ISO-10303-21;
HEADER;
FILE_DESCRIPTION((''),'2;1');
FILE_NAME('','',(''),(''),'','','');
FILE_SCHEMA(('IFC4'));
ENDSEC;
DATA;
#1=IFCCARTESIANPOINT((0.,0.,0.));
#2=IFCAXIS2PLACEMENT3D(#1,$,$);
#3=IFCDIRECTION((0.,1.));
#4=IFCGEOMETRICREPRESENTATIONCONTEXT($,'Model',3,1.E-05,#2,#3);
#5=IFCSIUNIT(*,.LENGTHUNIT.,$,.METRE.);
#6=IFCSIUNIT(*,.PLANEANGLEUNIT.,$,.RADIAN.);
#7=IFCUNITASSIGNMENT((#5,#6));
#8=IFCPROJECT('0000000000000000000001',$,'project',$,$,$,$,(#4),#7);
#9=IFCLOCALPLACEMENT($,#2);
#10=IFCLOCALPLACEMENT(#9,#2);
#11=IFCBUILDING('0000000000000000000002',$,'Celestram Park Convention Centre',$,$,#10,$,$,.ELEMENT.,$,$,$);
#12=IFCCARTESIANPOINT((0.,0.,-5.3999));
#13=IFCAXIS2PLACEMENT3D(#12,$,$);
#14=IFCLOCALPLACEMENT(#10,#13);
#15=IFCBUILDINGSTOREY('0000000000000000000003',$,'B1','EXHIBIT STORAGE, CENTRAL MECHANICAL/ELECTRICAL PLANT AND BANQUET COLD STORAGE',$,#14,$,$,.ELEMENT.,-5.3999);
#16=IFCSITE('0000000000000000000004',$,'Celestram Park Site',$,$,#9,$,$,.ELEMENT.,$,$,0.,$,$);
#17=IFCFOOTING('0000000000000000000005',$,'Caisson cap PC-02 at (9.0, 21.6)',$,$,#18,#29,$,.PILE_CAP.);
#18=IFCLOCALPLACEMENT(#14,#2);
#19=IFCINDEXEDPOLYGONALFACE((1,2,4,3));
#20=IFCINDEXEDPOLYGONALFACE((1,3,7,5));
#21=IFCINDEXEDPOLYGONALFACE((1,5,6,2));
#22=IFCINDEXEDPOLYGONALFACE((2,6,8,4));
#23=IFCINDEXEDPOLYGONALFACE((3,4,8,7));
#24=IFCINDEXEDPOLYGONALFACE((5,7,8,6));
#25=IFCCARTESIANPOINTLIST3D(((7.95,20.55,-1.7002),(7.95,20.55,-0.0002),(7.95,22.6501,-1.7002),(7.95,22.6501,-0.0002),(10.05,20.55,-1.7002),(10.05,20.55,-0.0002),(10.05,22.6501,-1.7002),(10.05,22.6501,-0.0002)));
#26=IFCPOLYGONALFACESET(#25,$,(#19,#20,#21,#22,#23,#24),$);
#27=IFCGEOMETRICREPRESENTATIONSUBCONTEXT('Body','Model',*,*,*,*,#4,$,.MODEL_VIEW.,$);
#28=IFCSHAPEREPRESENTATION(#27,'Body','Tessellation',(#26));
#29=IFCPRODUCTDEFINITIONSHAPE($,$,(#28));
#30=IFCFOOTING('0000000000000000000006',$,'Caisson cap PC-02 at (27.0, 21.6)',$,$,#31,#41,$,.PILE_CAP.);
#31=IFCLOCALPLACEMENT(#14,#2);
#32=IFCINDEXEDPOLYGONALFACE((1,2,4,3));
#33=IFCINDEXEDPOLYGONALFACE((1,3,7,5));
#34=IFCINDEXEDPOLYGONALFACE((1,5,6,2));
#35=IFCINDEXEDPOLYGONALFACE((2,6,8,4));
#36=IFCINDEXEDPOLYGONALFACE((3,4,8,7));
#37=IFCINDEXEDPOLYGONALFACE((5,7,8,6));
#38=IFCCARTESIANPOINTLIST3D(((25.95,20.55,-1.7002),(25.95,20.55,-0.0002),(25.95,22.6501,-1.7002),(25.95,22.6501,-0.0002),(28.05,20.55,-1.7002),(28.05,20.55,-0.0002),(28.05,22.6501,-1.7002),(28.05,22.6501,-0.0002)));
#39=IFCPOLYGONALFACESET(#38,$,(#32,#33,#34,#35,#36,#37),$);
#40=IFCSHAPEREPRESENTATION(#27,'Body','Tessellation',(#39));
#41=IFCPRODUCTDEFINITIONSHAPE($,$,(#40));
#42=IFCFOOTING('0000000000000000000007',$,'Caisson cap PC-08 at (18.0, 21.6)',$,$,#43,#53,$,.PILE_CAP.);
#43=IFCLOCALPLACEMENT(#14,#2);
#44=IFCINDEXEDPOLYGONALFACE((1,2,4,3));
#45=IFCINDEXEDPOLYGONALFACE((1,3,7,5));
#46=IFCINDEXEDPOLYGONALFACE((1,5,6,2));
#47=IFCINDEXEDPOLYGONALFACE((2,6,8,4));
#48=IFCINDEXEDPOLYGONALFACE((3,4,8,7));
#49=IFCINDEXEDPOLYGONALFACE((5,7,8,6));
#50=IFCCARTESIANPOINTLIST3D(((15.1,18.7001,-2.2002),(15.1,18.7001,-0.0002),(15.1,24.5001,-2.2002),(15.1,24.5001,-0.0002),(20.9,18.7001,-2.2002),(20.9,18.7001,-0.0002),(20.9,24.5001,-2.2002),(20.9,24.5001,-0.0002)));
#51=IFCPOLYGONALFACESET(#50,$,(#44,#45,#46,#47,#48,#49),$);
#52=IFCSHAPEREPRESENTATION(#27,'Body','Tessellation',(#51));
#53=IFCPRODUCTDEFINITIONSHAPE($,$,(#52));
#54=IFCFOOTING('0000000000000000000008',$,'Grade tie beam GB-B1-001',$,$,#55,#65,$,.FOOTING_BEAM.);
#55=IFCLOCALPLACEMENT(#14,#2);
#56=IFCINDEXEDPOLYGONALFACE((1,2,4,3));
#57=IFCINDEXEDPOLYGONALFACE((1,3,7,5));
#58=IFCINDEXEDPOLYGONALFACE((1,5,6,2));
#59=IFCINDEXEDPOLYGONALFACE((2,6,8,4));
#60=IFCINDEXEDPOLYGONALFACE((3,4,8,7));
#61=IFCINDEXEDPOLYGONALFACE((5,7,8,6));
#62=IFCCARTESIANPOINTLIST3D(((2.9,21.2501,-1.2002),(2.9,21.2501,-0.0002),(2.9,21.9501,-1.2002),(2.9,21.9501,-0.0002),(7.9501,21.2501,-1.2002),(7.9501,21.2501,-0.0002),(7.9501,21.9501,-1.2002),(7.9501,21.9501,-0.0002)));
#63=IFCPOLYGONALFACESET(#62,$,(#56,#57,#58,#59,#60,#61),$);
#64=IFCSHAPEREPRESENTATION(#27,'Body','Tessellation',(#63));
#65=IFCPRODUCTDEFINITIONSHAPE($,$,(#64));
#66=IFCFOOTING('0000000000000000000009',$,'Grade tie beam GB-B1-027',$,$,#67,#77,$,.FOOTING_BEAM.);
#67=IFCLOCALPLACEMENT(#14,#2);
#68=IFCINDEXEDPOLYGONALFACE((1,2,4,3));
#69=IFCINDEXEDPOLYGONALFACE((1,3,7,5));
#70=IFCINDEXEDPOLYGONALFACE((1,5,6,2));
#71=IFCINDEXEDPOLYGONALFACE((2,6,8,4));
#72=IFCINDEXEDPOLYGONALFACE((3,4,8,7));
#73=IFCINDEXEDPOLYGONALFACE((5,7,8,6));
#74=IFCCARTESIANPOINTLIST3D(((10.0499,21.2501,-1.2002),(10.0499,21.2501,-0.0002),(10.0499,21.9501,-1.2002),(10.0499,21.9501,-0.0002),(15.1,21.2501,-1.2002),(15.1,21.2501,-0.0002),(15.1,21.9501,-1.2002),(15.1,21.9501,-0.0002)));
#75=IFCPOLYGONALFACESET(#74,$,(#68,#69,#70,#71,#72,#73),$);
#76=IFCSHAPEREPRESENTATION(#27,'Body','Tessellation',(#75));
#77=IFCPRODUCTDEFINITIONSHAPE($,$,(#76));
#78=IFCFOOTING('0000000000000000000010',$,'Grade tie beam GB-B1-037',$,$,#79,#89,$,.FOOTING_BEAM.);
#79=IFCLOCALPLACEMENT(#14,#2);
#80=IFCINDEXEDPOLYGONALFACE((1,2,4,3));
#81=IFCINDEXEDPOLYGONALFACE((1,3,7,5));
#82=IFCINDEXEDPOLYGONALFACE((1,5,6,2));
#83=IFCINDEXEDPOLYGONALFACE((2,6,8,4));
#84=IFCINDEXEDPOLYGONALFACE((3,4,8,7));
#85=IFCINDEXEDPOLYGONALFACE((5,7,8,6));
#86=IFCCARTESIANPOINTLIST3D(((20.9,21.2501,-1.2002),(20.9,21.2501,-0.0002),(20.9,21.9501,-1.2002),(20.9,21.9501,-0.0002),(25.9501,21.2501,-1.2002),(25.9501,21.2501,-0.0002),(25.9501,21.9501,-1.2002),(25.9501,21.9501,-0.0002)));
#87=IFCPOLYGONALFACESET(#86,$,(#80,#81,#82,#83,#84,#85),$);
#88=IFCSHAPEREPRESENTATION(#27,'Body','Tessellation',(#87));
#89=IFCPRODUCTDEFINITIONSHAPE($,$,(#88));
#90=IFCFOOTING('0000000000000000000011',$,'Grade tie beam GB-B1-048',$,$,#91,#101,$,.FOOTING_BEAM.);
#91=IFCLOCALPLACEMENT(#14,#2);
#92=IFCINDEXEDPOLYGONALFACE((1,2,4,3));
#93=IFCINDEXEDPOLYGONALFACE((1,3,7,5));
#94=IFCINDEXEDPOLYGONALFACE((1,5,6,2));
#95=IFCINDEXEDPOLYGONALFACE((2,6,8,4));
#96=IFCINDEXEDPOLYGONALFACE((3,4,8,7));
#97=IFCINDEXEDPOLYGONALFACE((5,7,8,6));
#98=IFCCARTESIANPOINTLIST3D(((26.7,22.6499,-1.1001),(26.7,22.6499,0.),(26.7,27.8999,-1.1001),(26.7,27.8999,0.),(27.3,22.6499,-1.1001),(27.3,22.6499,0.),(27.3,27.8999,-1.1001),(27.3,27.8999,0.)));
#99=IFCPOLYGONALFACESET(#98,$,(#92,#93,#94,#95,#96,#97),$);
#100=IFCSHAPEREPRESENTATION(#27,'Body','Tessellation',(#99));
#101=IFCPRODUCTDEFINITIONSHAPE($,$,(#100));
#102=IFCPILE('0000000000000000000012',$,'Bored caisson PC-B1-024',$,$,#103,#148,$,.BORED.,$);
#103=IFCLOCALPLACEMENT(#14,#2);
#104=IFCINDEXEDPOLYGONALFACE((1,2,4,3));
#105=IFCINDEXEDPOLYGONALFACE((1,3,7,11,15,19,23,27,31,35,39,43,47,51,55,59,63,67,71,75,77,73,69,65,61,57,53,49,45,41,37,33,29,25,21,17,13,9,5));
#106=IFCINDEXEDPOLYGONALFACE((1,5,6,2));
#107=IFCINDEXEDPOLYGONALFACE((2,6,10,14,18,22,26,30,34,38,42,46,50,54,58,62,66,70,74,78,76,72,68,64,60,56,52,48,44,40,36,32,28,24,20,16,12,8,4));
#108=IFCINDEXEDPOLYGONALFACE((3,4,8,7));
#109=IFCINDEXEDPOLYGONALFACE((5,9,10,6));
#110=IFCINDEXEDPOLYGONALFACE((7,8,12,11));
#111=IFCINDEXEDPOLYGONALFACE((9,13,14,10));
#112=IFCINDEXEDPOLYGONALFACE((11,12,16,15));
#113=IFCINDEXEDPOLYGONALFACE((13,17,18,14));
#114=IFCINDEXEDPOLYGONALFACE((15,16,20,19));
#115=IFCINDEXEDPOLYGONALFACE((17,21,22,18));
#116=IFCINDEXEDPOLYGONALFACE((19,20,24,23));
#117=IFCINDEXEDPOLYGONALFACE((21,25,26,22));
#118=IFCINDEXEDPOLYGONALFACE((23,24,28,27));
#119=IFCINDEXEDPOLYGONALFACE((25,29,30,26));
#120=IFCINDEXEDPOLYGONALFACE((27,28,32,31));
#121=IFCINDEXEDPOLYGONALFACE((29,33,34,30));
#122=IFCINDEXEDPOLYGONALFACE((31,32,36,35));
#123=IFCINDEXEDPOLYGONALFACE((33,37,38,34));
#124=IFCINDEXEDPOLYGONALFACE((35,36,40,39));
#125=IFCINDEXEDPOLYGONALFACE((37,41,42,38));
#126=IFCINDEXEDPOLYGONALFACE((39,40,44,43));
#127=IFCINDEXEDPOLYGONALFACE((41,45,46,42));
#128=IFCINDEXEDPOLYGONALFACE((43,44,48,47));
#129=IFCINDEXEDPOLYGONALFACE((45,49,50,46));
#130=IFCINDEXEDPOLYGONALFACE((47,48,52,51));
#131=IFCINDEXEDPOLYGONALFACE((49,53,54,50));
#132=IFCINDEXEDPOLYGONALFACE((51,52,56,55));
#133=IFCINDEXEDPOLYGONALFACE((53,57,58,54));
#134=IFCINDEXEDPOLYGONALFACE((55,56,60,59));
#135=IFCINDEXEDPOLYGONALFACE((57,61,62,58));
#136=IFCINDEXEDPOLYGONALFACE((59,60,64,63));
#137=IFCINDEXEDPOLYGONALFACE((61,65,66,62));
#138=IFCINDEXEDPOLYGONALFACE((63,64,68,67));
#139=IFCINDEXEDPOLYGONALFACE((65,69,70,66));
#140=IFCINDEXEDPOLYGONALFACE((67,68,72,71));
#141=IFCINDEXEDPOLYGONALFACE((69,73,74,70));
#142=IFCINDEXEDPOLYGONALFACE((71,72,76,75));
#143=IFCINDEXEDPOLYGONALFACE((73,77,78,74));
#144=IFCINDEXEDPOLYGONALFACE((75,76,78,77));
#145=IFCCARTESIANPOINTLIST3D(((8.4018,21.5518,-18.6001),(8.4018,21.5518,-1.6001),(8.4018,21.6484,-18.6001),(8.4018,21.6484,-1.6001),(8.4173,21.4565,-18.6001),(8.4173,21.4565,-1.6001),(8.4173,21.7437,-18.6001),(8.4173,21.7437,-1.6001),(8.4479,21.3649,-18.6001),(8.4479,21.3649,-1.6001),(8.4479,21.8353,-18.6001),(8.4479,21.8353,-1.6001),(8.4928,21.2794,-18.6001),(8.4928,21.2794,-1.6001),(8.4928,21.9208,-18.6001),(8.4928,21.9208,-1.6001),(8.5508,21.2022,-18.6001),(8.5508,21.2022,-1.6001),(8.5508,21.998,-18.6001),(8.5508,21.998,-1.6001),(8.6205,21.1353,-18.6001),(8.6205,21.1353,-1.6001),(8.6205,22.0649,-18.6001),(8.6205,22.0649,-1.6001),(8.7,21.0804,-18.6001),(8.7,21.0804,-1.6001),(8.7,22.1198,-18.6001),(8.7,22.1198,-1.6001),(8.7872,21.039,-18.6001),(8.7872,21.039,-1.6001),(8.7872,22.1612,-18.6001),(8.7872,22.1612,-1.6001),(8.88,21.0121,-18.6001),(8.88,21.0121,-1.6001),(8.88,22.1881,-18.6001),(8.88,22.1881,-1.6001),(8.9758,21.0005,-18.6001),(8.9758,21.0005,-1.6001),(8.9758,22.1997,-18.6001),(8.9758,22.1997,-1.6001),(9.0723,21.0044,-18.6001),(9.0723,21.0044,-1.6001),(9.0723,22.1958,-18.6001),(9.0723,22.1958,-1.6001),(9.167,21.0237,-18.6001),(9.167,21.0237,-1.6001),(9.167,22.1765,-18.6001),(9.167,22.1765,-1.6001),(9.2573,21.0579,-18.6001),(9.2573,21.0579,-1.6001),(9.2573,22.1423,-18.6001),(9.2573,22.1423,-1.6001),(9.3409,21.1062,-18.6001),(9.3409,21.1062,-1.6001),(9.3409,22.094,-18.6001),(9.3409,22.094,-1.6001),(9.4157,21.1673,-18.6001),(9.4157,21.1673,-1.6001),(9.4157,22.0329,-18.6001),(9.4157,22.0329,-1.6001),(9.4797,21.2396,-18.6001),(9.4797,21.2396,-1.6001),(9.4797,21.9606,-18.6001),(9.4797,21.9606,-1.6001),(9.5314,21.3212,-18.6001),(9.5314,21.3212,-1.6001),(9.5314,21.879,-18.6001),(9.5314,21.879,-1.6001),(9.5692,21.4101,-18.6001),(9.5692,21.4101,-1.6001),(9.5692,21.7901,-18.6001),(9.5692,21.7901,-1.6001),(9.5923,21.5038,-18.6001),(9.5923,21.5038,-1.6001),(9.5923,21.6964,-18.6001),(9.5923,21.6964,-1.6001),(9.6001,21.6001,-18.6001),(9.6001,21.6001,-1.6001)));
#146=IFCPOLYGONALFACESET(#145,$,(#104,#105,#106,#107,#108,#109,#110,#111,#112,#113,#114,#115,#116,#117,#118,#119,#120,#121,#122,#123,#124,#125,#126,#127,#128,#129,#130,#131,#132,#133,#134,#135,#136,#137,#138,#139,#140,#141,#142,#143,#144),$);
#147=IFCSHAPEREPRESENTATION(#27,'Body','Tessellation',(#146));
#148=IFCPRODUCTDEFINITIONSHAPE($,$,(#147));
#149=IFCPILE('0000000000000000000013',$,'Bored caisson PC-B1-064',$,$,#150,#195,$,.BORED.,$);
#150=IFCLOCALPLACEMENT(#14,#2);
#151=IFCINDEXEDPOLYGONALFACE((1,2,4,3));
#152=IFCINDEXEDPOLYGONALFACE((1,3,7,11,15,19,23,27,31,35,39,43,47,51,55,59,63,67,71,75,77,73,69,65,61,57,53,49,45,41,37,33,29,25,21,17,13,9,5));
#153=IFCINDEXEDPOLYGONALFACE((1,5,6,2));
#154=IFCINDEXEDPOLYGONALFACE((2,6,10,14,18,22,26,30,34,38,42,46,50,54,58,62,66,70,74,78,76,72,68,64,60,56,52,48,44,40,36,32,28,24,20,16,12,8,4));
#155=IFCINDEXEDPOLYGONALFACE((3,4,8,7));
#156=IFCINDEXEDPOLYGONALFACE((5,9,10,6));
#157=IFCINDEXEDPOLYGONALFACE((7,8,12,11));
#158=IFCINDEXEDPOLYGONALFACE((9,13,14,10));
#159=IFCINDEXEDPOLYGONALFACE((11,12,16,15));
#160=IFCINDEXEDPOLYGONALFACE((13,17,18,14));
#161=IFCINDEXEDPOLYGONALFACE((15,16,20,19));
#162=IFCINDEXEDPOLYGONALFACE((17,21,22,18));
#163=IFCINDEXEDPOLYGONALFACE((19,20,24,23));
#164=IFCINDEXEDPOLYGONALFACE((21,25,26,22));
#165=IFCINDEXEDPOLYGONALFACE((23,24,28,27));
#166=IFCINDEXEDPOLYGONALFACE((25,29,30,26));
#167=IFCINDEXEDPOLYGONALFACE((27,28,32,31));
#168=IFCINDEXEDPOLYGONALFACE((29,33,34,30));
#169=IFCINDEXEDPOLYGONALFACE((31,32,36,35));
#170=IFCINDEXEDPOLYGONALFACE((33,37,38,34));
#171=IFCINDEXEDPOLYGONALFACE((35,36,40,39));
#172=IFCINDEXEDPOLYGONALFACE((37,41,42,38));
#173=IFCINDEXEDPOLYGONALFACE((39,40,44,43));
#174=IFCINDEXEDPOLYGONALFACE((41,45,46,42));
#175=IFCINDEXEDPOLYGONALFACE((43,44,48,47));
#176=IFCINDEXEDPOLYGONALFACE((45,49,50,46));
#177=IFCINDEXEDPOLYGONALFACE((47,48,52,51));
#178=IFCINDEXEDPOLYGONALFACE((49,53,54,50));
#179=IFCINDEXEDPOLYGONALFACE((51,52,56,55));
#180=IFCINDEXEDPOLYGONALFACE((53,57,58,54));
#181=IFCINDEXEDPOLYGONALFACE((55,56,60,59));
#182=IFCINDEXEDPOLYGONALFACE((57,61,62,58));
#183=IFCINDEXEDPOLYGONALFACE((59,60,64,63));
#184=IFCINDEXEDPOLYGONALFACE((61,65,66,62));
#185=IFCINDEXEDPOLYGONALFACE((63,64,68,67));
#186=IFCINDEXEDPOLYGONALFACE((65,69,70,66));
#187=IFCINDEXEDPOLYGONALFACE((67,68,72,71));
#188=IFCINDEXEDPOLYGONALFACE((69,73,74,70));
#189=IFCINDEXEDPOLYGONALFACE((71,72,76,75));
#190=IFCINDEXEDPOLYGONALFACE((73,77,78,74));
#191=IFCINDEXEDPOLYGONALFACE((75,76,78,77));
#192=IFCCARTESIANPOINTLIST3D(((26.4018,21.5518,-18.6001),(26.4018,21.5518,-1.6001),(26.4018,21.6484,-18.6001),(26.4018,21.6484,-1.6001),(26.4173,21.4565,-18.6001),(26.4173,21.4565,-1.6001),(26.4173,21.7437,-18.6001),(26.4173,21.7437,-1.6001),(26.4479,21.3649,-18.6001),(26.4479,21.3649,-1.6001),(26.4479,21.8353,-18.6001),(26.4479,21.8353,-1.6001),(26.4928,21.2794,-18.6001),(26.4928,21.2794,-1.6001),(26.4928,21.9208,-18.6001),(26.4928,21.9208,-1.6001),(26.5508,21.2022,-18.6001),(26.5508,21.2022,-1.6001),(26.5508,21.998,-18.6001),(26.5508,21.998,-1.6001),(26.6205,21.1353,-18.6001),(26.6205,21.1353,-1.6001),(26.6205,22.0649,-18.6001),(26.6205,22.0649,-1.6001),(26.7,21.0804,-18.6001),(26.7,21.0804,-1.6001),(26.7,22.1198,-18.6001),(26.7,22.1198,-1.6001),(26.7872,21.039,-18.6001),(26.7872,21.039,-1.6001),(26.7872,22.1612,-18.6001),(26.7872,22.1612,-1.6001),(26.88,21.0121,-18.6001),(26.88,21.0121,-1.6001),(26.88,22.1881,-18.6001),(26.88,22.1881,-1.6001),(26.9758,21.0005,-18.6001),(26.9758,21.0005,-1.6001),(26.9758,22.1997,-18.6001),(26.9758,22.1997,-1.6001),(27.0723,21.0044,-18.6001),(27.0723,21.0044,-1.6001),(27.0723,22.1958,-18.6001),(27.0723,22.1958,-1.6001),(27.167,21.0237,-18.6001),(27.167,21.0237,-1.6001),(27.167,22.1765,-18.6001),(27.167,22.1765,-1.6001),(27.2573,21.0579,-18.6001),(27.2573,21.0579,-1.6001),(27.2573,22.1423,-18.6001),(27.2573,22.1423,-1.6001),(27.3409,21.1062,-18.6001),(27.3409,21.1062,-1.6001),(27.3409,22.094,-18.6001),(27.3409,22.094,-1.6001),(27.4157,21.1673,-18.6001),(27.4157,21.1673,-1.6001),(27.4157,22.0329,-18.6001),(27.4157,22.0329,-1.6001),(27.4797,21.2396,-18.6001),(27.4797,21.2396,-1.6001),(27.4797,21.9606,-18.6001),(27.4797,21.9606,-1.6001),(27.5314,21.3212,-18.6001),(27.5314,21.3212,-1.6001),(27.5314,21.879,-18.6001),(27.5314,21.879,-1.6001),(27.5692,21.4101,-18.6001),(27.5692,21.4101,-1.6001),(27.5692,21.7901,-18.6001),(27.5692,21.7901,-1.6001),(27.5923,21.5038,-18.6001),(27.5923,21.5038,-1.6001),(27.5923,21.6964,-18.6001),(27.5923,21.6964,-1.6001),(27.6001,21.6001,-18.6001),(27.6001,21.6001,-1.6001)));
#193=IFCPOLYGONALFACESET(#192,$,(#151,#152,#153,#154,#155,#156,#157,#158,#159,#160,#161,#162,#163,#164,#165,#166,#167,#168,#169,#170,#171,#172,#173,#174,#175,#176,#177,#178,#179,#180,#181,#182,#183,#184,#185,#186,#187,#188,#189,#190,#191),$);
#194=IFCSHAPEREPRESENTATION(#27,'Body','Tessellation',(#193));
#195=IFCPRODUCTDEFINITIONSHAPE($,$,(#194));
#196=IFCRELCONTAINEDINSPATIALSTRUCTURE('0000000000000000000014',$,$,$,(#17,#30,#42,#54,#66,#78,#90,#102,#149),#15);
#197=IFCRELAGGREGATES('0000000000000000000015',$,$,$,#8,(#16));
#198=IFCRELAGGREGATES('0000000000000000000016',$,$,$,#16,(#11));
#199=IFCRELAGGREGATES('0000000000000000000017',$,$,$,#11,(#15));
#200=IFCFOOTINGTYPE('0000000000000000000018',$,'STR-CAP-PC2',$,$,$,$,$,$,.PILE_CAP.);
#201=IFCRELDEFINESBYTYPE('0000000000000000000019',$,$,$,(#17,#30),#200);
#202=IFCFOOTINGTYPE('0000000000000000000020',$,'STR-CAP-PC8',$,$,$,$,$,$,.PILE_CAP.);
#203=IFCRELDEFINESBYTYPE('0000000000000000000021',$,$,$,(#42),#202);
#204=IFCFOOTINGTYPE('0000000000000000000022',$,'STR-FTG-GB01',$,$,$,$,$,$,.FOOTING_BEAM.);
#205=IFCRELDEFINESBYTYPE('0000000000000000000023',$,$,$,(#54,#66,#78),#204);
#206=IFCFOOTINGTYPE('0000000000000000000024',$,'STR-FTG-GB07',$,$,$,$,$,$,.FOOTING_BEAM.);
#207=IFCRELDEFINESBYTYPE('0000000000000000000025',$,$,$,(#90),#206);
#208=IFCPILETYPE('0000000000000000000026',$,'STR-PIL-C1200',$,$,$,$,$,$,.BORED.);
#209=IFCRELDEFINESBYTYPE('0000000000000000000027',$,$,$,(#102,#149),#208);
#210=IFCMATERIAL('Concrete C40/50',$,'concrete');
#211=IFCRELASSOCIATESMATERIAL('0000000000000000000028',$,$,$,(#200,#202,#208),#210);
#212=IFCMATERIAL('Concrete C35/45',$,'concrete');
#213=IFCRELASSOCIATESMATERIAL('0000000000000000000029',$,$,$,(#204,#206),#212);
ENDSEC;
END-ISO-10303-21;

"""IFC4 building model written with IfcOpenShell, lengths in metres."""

from ifc_helpers import new_model, si_unit, direction, frame, origin, origin_2d, place, context, subcontext, project, spatial, rectangle, circle, extrude, material, material_profile, profile_set, type_object, element, save


model = new_model("IFC4")

# Units and contexts
model_context = context("Model", 3, precision=1e-05, world=origin(), true_north=direction((0.0, 1.0)))
body_context = subcontext(model_context, "Body", "Model", "MODEL_VIEW")
ifc_project = project(units=[si_unit("LENGTHUNIT", "METRE"), si_unit("PLANEANGLEUNIT", "RADIAN")], contexts=[model_context])

# Site, building, storey
site_placement = place(None, origin())
site = spatial("IfcSite", under=ifc_project, at=site_placement, Name="Celestram Park Site", CompositionType="ELEMENT", RefElevation=0.0)
building_placement = place(site_placement, origin())
building = spatial("IfcBuilding", under=site, at=building_placement, Name="Celestram Park Convention Centre", CompositionType="ELEMENT")
storey_placement = place(building_placement, frame((0.0, 0.0, -5.3999)))
storey = spatial("IfcBuildingStorey", under=building, at=storey_placement, Name="B1", Description="EXHIBIT STORAGE, CENTRAL MECHANICAL/ELECTRICAL PLANT AND BANQUET COLD STORAGE", CompositionType="ELEMENT", Elevation=-5.3999)

# Footings
ifc_material_1 = material(Name="Concrete C40/50", Category="concrete")
footing_type_1 = type_object("IfcFootingType", Name="STR-CAP-PC2", PredefinedType="PILE_CAP", material=ifc_material_1)
for number, where, z_axis, x_axis, name in (
    (1, (9.0, 21.6001, -1.7002), (0.0, 0.0, 1.0), (1.0, 0.0, 0.0), "Caisson cap PC-02 at (9.0, 21.6)"),
    (2, (27.0, 21.6001, -1.7002), (0.0, 0.0, 1.0), (1.0, 0.0, 0.0), "Caisson cap PC-02 at (27.0, 21.6)"),
):
    element("IfcFooting", number, at=place(storey_placement, frame(where, z_axis=z_axis, x_axis=x_axis)), inside=storey, type_object=footing_type_1, Name=name, PredefinedType="PILE_CAP", context=body_context, shape_type="SweptSolid", body=[
        extrude(rectangle(XDim=2.1001, YDim=2.1001, at=origin_2d()), origin(), (0.0, 0.0, 1.0), 1.7),
    ])
footing_type_2 = type_object("IfcFootingType", Name="STR-CAP-PC8", PredefinedType="PILE_CAP", material=ifc_material_1)
footing_1_placement = place(storey_placement, frame((18.0, 21.6001, -2.2002), z_axis=(0.0, 0.0, 1.0), x_axis=(1.0, 0.0, 0.0)))
element("IfcFooting", 3, at=footing_1_placement, inside=storey, type_object=footing_type_2, Name="Caisson cap PC-08 at (18.0, 21.6)", PredefinedType="PILE_CAP", context=body_context, shape_type="SweptSolid", body=[
    extrude(rectangle(XDim=5.8, YDim=5.8, at=origin_2d()), origin(), (0.0, 0.0, 1.0), 2.2),
])
ifc_material_2 = material(Name="Concrete C35/45", Category="concrete")
footing_type_3 = type_object("IfcFootingType", Name="STR-FTG-GB01", PredefinedType="FOOTING_BEAM", material=ifc_material_2)
for number, where, z_axis, x_axis, name in (
    (4, (5.425, 21.6001, -1.2002), (0.0, 0.0, 1.0), (1.0, 0.0, 0.0), "Grade tie beam GB-B1-001"),
    (5, (12.575, 21.6001, -1.2002), (0.0, 0.0, 1.0), (1.0, 0.0, 0.0), "Grade tie beam GB-B1-027"),
    (6, (23.425, 21.6001, -1.2002), (0.0, 0.0, 1.0), (1.0, 0.0, 0.0), "Grade tie beam GB-B1-037"),
):
    element("IfcFooting", number, at=place(storey_placement, frame(where, z_axis=z_axis, x_axis=x_axis)), inside=storey, type_object=footing_type_3, Name=name, PredefinedType="FOOTING_BEAM", context=body_context, shape_type="SweptSolid", body=[
        extrude(rectangle(XDim=5.05, YDim=0.7, at=origin_2d()), origin(), (0.0, 0.0, 1.0), 1.2),
    ])
footing_type_4 = type_object("IfcFootingType", Name="STR-FTG-GB07", PredefinedType="FOOTING_BEAM", material=ifc_material_2)
footing_2_placement = place(storey_placement, frame((27.0, 25.2749, -1.1001), z_axis=(0.0, 0.0, 1.0), x_axis=(0.0, 1.0, 0.0)))
element("IfcFooting", 7, at=footing_2_placement, inside=storey, type_object=footing_type_4, Name="Grade tie beam GB-B1-048", PredefinedType="FOOTING_BEAM", context=body_context, shape_type="SweptSolid", body=[
    extrude(rectangle(XDim=5.25, YDim=0.6001, at=origin_2d()), origin(), (0.0, 0.0, 1.0), 1.1001),
])

# Piles
ifc_material_profile_1 = material_profile(ifc_material_1, circle(Radius=0.6001, at=origin_2d()), Name="CAISSON1200")
ifc_profile_set_1 = profile_set([ifc_material_profile_1], Name="Concrete C40/50")
pile_type_1 = type_object("IfcPileType", Name="STR-PIL-C1200", PredefinedType="BORED", material=ifc_profile_set_1)
for number, where, z_axis, x_axis, name in (
    (8, (9.0, 21.6001, -1.6001), (0.0, 0.0, -1.0), (1.0, 0.0, 0.0), "Bored caisson PC-B1-024"),
    (9, (27.0, 21.6001, -1.6001), (0.0, 0.0, -1.0), (1.0, 0.0, 0.0), "Bored caisson PC-B1-064"),
):
    element("IfcPile", number, at=place(storey_placement, frame(where, z_axis=z_axis, x_axis=x_axis)), inside=storey, type_object=pile_type_1, Name=name, PredefinedType="BORED", context=body_context, shape_type="SweptSolid", body=[
        extrude(circle(Radius=0.6001, at=origin_2d()), origin(), (0.0, 0.0, 1.0), 17.0),
    ])

save(model, "model.ifc")
